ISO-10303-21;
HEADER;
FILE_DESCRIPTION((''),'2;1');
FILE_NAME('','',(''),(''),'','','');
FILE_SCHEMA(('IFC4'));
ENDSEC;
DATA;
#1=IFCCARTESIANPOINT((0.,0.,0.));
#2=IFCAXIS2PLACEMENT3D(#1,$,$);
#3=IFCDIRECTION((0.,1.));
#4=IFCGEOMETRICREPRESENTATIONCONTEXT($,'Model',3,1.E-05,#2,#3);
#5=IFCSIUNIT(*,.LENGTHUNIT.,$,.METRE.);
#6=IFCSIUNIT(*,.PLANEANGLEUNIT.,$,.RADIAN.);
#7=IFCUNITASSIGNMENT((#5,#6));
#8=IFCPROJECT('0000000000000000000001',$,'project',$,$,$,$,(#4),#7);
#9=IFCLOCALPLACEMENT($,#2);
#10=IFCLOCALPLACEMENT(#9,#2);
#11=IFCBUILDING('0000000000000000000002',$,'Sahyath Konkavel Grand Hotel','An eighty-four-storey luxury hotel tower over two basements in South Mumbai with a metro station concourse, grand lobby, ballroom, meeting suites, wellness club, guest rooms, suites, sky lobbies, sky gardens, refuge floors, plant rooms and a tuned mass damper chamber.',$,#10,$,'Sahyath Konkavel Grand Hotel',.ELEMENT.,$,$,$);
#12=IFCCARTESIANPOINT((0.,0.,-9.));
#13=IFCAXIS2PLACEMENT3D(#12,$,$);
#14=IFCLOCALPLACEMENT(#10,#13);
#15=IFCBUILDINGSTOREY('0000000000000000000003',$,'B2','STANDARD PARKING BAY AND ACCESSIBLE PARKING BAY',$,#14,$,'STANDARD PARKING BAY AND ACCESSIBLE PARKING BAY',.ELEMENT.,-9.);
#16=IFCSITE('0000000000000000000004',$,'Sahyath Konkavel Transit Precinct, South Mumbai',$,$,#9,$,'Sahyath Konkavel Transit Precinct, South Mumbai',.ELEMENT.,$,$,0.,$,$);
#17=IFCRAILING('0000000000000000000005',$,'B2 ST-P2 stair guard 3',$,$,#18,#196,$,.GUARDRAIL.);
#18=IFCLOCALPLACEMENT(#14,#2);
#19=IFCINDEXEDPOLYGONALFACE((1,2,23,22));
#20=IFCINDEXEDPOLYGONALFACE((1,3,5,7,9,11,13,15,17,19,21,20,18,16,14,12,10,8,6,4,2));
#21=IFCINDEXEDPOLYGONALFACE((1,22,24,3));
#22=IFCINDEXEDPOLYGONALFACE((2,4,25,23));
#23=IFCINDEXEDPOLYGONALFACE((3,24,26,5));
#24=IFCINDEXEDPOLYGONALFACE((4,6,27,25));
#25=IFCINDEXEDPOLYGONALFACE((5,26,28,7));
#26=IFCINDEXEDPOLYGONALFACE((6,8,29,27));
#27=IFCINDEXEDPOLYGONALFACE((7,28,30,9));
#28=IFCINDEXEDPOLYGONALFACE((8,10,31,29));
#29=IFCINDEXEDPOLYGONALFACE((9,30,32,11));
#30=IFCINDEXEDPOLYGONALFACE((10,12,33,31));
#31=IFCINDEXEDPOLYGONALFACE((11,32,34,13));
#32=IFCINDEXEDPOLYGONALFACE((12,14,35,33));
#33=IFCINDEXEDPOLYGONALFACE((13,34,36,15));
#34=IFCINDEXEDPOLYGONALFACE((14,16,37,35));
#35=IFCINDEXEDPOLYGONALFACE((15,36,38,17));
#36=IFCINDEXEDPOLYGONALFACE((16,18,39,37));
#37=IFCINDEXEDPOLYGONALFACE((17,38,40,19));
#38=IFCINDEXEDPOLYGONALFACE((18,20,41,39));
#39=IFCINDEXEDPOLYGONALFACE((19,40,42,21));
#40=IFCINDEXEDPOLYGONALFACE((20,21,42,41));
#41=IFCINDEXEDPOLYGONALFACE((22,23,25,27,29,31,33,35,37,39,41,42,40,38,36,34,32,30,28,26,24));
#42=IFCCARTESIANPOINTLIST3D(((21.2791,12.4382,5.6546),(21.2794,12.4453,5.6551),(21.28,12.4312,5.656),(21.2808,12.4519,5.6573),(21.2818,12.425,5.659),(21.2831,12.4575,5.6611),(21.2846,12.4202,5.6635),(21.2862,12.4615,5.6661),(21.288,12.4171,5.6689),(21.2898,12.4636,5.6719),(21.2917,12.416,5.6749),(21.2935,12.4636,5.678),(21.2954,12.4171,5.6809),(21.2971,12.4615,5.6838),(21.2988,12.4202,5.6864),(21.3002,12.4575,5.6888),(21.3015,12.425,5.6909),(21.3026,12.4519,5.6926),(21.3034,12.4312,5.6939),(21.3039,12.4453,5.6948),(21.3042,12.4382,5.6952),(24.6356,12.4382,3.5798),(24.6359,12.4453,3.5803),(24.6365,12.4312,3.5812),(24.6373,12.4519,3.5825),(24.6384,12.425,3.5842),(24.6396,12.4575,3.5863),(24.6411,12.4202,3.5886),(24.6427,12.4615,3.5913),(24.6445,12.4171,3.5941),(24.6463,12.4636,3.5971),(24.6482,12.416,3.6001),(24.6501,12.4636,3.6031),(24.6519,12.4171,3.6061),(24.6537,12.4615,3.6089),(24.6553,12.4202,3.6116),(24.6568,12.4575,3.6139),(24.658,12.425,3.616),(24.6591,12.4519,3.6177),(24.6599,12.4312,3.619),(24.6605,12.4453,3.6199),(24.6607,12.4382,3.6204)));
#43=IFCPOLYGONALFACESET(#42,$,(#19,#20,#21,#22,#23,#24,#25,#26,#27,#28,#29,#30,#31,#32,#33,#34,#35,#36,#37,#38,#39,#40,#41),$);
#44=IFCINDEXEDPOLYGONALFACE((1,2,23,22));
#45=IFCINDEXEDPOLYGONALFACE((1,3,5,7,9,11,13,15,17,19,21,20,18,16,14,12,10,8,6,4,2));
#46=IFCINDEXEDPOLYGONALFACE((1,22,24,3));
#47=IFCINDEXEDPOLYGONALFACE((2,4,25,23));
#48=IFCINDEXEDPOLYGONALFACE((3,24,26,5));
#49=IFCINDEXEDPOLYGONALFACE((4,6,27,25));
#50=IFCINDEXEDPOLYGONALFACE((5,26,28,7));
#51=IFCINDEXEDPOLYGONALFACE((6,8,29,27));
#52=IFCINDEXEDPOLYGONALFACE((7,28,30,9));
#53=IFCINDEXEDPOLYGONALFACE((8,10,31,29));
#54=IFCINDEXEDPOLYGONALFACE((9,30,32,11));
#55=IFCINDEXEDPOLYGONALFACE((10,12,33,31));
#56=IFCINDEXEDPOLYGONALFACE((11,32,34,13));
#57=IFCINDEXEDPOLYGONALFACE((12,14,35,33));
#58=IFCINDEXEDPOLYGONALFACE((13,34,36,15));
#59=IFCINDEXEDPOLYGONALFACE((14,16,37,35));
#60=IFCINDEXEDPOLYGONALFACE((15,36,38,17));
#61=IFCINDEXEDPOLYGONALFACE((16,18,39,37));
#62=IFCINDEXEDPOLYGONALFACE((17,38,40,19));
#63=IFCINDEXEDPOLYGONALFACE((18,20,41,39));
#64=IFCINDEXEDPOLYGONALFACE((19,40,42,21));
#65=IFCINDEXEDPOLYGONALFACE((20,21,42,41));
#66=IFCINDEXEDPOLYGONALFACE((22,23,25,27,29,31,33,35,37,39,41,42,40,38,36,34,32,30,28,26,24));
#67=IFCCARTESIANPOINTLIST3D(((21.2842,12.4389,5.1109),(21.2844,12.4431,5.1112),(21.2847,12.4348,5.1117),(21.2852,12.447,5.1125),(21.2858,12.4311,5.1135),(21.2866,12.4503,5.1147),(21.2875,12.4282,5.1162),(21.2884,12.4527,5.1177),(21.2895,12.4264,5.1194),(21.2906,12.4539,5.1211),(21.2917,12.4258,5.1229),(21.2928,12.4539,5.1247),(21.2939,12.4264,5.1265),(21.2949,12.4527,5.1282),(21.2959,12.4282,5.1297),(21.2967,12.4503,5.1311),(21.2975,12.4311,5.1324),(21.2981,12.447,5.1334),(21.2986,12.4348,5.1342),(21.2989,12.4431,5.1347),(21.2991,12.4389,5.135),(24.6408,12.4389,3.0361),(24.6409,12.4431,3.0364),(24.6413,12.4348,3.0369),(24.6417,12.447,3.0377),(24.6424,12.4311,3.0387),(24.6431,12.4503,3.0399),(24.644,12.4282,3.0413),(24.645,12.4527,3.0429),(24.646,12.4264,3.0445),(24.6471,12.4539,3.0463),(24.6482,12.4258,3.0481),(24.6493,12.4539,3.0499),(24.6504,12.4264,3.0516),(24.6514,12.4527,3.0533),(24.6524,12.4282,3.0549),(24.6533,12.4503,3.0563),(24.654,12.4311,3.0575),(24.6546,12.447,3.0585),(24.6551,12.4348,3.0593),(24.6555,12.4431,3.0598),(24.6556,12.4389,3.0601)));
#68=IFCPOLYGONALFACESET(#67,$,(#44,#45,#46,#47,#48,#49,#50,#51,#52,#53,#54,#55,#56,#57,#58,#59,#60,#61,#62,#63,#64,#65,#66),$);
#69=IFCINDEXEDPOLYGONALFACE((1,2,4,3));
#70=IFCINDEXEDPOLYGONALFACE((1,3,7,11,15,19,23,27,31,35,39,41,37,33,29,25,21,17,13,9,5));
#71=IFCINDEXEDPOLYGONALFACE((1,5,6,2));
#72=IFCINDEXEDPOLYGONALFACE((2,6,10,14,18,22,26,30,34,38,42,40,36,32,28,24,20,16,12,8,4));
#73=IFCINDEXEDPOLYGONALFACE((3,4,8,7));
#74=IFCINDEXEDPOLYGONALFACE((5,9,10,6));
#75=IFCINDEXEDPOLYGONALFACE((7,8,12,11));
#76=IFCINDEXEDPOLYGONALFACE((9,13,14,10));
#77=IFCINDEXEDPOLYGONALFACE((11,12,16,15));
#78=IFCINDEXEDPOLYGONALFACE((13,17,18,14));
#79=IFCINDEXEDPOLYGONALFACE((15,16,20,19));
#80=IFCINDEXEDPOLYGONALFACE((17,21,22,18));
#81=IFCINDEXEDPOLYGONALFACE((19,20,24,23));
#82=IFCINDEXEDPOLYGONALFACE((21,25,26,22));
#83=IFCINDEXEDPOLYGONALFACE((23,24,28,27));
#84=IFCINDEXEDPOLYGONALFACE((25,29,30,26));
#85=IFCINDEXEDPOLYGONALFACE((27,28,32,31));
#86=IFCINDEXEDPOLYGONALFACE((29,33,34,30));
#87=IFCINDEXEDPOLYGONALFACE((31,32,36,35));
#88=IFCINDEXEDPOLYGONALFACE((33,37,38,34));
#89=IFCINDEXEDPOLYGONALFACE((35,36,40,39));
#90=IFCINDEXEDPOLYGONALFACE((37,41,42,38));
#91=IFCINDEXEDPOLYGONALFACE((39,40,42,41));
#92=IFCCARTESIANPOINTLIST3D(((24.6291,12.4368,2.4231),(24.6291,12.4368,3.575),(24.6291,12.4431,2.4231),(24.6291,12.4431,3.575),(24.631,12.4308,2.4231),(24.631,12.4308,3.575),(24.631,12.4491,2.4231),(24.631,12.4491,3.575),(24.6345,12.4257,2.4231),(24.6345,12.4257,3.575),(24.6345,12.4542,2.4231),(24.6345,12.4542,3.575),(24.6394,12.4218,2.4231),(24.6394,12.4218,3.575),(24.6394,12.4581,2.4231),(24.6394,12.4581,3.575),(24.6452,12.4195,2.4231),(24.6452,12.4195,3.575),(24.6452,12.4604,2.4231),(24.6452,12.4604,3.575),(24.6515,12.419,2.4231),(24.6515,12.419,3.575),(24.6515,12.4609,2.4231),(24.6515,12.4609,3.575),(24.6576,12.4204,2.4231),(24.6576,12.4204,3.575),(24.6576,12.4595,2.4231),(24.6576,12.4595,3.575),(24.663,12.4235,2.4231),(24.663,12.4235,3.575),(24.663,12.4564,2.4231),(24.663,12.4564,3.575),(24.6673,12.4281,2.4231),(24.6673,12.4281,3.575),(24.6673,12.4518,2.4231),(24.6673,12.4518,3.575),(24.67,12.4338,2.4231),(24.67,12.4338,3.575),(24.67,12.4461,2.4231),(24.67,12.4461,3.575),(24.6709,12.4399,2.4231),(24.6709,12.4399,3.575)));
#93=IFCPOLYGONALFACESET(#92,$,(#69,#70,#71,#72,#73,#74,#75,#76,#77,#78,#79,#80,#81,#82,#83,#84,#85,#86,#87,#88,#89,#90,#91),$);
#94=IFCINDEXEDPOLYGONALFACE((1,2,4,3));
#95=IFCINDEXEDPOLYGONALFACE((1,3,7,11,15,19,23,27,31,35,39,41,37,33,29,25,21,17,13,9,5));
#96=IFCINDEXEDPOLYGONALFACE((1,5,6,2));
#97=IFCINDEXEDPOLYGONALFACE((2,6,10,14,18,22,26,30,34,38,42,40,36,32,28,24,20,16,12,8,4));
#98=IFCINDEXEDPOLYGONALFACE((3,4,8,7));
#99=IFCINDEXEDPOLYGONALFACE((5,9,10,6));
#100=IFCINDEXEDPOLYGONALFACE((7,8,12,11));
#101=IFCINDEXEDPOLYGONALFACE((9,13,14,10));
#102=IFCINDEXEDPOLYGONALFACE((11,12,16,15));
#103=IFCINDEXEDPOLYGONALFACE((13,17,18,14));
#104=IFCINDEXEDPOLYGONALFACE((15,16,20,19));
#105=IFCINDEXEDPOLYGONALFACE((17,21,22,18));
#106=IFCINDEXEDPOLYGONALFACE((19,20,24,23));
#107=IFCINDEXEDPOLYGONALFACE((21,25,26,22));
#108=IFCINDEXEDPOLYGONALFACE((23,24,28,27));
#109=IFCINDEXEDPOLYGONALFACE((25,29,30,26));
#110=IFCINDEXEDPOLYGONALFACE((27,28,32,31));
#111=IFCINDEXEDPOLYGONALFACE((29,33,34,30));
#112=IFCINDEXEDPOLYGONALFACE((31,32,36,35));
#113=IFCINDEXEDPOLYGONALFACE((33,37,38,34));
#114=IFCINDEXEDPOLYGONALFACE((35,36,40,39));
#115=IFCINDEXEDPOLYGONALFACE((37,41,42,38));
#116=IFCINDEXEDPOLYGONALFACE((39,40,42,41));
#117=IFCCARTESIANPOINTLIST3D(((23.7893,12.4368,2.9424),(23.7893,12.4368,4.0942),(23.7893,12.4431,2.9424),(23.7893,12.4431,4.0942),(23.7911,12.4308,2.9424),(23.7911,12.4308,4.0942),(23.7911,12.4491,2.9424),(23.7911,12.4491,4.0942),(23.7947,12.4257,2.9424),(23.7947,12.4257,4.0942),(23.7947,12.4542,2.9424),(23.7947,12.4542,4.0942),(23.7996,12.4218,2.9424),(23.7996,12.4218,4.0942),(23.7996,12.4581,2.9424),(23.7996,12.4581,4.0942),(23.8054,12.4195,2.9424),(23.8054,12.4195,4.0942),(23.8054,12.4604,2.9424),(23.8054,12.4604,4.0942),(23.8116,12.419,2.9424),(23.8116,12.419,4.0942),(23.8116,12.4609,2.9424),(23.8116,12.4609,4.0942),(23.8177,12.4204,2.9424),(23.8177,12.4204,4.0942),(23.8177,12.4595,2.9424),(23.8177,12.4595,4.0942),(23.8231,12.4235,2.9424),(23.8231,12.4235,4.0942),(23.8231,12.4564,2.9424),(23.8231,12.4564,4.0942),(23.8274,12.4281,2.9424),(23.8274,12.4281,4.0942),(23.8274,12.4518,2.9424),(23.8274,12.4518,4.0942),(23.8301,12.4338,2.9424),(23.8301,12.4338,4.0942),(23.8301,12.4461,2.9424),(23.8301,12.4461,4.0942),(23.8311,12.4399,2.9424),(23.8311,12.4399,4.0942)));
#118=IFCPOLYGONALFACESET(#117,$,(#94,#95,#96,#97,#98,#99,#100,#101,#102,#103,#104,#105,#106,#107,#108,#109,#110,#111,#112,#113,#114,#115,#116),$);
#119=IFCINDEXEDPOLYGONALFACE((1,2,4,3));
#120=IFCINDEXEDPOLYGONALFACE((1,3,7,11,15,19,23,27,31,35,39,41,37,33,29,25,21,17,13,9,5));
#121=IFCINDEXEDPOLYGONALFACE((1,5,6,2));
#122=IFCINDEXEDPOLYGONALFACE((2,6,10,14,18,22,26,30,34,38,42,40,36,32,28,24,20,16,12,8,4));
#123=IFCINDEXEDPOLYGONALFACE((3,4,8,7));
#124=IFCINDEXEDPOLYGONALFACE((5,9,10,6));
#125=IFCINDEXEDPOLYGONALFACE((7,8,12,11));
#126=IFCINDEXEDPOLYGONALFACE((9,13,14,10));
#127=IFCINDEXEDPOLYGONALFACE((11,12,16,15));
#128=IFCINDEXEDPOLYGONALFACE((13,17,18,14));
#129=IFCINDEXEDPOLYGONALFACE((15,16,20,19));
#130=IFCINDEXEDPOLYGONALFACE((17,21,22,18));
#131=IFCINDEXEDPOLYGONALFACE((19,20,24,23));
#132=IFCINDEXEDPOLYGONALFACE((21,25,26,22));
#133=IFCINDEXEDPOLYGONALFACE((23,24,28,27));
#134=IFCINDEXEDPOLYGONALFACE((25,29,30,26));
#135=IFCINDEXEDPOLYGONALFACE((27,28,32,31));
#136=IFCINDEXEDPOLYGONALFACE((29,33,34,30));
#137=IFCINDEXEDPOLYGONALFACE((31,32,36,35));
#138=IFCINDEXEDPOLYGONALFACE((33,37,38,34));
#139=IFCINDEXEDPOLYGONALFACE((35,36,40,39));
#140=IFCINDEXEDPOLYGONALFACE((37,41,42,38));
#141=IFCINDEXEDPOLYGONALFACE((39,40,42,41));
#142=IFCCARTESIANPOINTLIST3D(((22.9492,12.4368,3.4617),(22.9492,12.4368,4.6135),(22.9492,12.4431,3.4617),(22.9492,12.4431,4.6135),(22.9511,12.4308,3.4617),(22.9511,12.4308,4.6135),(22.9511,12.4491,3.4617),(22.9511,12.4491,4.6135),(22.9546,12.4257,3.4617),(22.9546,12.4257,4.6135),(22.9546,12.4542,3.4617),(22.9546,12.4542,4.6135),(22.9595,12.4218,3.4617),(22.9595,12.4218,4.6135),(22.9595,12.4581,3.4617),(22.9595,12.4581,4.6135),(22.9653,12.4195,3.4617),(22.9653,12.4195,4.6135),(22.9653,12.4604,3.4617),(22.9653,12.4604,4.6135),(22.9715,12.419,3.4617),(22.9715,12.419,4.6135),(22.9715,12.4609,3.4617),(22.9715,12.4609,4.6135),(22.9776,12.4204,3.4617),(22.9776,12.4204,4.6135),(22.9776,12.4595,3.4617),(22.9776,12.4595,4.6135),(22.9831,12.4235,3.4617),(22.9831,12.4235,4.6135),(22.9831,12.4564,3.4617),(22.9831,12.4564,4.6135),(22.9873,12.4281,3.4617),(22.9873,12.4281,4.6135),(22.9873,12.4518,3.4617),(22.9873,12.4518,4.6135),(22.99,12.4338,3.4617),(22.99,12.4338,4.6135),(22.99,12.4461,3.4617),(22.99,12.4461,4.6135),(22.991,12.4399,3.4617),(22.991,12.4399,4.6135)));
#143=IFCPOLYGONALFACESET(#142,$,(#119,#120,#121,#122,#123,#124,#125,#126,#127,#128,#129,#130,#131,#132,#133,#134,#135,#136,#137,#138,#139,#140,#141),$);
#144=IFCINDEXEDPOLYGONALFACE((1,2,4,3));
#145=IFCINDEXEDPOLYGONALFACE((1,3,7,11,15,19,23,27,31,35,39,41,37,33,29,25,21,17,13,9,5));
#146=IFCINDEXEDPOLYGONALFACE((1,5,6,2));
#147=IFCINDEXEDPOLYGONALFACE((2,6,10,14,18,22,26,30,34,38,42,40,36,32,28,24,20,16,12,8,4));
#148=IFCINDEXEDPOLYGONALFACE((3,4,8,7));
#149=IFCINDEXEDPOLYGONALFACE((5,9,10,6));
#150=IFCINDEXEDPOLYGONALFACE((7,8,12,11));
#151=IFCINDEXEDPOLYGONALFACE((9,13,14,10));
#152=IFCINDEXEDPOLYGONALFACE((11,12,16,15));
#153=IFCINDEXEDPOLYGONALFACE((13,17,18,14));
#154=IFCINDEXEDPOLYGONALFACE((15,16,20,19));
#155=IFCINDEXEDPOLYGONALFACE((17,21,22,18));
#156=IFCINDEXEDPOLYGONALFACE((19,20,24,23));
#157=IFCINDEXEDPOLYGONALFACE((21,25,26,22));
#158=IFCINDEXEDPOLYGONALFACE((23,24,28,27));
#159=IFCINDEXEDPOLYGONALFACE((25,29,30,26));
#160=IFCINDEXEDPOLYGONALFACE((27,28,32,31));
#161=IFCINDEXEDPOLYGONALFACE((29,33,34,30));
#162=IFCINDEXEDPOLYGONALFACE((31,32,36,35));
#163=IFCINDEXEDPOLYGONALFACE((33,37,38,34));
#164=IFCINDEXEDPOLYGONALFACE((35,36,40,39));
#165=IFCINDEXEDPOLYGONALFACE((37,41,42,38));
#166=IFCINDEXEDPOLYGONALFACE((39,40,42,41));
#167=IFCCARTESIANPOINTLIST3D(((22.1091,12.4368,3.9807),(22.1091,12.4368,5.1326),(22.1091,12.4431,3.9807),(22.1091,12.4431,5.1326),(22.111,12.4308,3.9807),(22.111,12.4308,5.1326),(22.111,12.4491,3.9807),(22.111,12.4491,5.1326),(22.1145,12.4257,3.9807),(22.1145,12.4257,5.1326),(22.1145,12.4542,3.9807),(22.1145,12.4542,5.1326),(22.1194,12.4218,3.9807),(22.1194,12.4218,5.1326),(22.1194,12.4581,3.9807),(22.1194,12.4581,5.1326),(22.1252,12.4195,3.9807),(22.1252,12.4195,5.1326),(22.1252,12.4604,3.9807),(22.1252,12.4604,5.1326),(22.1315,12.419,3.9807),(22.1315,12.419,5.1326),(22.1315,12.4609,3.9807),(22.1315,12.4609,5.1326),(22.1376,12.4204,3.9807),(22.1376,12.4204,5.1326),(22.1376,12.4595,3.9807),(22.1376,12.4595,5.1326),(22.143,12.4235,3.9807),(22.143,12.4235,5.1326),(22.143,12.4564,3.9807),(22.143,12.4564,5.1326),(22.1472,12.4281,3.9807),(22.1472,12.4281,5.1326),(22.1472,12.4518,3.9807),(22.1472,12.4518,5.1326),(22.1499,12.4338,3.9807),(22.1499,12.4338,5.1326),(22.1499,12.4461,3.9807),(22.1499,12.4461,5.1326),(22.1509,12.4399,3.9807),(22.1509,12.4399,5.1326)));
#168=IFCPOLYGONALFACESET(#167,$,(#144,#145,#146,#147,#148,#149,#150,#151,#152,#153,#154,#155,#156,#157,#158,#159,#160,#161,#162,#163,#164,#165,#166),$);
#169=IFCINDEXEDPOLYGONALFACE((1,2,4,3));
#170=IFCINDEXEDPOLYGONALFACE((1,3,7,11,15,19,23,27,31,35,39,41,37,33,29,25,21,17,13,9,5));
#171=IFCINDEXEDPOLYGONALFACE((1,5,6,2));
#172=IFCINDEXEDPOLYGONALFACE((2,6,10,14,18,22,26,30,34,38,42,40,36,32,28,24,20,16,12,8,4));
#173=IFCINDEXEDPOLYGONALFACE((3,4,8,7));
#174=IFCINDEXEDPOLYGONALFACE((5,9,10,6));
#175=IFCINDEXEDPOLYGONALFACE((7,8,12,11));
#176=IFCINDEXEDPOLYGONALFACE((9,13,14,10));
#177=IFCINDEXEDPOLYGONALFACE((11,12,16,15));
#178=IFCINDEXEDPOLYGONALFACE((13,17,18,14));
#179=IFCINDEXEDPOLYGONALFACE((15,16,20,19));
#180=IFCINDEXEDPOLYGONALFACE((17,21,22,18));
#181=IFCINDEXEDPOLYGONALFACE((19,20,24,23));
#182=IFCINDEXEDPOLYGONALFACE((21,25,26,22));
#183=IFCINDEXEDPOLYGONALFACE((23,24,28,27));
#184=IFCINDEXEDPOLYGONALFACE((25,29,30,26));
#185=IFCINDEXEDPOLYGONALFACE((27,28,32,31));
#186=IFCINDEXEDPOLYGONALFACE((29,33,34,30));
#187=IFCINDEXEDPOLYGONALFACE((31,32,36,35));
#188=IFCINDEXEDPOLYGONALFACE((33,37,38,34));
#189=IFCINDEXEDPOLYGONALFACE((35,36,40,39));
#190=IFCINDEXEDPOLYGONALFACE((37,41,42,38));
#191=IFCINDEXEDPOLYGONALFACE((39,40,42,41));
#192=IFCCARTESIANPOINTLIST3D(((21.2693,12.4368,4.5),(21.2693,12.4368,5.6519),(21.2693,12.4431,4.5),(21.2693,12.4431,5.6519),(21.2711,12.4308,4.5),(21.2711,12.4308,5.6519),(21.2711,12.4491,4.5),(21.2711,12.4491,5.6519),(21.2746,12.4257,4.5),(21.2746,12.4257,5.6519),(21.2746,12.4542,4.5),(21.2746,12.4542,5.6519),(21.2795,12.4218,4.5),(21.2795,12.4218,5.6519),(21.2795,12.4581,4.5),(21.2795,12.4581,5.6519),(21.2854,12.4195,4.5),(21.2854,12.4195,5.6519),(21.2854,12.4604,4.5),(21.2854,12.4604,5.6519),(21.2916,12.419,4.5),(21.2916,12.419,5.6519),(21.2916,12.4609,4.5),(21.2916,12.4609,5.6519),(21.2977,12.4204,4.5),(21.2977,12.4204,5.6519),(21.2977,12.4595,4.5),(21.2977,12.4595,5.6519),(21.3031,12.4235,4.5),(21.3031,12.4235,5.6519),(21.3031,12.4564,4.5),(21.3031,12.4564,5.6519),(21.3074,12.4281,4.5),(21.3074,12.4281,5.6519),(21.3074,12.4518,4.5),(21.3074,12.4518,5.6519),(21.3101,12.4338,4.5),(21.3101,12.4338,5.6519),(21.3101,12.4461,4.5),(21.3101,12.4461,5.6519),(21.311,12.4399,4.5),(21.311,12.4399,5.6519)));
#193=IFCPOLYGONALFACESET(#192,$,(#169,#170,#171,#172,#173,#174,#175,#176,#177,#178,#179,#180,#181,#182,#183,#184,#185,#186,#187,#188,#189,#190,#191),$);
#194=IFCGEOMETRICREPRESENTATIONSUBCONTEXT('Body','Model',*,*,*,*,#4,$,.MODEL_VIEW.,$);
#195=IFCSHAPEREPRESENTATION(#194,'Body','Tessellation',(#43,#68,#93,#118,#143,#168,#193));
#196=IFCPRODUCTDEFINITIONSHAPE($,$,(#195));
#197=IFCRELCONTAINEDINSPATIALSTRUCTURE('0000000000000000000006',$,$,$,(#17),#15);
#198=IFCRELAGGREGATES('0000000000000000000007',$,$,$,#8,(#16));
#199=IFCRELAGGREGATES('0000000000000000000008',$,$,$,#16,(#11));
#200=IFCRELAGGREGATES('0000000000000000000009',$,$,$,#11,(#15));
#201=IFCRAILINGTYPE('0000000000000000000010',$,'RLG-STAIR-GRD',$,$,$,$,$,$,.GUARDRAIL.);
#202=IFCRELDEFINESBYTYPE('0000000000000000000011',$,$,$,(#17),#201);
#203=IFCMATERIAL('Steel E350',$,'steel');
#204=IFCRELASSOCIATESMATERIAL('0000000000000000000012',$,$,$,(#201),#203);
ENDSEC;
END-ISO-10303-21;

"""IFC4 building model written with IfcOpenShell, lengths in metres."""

from ifc_helpers import new_model, si_unit, direction, frame, origin, origin_2d, place, context, subcontext, project, spatial, circle, extrude, material, type_object, element, save


model = new_model("IFC4")

# Units and contexts
model_context = context("Model", 3, precision=1e-05, world=origin(), true_north=direction((0.0, 1.0)))
body_context = subcontext(model_context, "Body", "Model", "MODEL_VIEW")
ifc_project = project(units=[si_unit("LENGTHUNIT", "METRE"), si_unit("PLANEANGLEUNIT", "RADIAN")], contexts=[model_context])

# Site, building, storey
site_placement = place(None, origin())
site = spatial("IfcSite", under=ifc_project, at=site_placement, Name="Sahyath Konkavel Transit Precinct, South Mumbai", LongName="Sahyath Konkavel Transit Precinct, South Mumbai", CompositionType="ELEMENT", RefElevation=0.0)
building_placement = place(site_placement, origin())
building = spatial("IfcBuilding", under=site, at=building_placement, Name="Sahyath Konkavel Grand Hotel", Description="An eighty-four-storey luxury hotel tower over two basements in South Mumbai with a metro station concourse, grand lobby, ballroom, meeting suites, wellness club, guest rooms, suites, sky lobbies, sky gardens, refuge floors, plant rooms and a tuned mass damper chamber.", LongName="Sahyath Konkavel Grand Hotel", CompositionType="ELEMENT")
storey_placement = place(building_placement, frame((0.0, 0.0, -9.0)))
storey = spatial("IfcBuildingStorey", under=building, at=storey_placement, Name="B2", Description="STANDARD PARKING BAY AND ACCESSIBLE PARKING BAY", LongName="STANDARD PARKING BAY AND ACCESSIBLE PARKING BAY", CompositionType="ELEMENT", Elevation=-9.0)

# Shared definitions
ifc_material_1 = material(Name="Steel E350", Category="steel")

# Railing
railing_type_1 = type_object("IfcRailingType", Name="RLG-STAIR-GRD", PredefinedType="GUARDRAIL", material=ifc_material_1)
railing_1_placement = place(storey_placement, frame((24.6499, 12.4399, 2.4231)))
element("IfcRailing", 1, at=railing_1_placement, inside=storey, type_object=railing_type_1, Name="B2 ST-P2 stair guard 3", PredefinedType="GUARDRAIL", context=body_context, shape_type="SweptSolid", body=[
    extrude(circle(Radius=0.0239, at=origin_2d()), frame((-0.0017, 0.0, 1.177), z_axis=(-0.850606, 0.0, 0.525803), x_axis=(0.0, -1.0, 0.0)), (0.0, 0.0, 1.0), 3.946),
    extrude(circle(Radius=0.0142, at=origin_2d()), frame((-0.0017, 0.0, 0.625), z_axis=(-0.850606, 0.0, 0.525803), x_axis=(0.0, -1.0, 0.0)), (0.0, 0.0, 1.0), 3.946),
    extrude(circle(Radius=0.021, at=origin_2d()), origin(), (0.0, 0.0, 1.0), 1.1519),
    extrude(circle(Radius=0.021, at=origin_2d()), frame((-0.8398, 0.0, 0.5193)), (0.0, 0.0, 1.0), 1.1519),
    extrude(circle(Radius=0.021, at=origin_2d()), frame((-1.6799, 0.0, 1.0386)), (0.0, 0.0, 1.0), 1.1519),
    extrude(circle(Radius=0.021, at=origin_2d()), frame((-2.52, 0.0, 1.5576)), (0.0, 0.0, 1.0), 1.1519),
    extrude(circle(Radius=0.021, at=origin_2d()), frame((-3.3599, 0.0, 2.0769)), (0.0, 0.0, 1.0), 1.1519),
])

save(model, "model.ifc")
